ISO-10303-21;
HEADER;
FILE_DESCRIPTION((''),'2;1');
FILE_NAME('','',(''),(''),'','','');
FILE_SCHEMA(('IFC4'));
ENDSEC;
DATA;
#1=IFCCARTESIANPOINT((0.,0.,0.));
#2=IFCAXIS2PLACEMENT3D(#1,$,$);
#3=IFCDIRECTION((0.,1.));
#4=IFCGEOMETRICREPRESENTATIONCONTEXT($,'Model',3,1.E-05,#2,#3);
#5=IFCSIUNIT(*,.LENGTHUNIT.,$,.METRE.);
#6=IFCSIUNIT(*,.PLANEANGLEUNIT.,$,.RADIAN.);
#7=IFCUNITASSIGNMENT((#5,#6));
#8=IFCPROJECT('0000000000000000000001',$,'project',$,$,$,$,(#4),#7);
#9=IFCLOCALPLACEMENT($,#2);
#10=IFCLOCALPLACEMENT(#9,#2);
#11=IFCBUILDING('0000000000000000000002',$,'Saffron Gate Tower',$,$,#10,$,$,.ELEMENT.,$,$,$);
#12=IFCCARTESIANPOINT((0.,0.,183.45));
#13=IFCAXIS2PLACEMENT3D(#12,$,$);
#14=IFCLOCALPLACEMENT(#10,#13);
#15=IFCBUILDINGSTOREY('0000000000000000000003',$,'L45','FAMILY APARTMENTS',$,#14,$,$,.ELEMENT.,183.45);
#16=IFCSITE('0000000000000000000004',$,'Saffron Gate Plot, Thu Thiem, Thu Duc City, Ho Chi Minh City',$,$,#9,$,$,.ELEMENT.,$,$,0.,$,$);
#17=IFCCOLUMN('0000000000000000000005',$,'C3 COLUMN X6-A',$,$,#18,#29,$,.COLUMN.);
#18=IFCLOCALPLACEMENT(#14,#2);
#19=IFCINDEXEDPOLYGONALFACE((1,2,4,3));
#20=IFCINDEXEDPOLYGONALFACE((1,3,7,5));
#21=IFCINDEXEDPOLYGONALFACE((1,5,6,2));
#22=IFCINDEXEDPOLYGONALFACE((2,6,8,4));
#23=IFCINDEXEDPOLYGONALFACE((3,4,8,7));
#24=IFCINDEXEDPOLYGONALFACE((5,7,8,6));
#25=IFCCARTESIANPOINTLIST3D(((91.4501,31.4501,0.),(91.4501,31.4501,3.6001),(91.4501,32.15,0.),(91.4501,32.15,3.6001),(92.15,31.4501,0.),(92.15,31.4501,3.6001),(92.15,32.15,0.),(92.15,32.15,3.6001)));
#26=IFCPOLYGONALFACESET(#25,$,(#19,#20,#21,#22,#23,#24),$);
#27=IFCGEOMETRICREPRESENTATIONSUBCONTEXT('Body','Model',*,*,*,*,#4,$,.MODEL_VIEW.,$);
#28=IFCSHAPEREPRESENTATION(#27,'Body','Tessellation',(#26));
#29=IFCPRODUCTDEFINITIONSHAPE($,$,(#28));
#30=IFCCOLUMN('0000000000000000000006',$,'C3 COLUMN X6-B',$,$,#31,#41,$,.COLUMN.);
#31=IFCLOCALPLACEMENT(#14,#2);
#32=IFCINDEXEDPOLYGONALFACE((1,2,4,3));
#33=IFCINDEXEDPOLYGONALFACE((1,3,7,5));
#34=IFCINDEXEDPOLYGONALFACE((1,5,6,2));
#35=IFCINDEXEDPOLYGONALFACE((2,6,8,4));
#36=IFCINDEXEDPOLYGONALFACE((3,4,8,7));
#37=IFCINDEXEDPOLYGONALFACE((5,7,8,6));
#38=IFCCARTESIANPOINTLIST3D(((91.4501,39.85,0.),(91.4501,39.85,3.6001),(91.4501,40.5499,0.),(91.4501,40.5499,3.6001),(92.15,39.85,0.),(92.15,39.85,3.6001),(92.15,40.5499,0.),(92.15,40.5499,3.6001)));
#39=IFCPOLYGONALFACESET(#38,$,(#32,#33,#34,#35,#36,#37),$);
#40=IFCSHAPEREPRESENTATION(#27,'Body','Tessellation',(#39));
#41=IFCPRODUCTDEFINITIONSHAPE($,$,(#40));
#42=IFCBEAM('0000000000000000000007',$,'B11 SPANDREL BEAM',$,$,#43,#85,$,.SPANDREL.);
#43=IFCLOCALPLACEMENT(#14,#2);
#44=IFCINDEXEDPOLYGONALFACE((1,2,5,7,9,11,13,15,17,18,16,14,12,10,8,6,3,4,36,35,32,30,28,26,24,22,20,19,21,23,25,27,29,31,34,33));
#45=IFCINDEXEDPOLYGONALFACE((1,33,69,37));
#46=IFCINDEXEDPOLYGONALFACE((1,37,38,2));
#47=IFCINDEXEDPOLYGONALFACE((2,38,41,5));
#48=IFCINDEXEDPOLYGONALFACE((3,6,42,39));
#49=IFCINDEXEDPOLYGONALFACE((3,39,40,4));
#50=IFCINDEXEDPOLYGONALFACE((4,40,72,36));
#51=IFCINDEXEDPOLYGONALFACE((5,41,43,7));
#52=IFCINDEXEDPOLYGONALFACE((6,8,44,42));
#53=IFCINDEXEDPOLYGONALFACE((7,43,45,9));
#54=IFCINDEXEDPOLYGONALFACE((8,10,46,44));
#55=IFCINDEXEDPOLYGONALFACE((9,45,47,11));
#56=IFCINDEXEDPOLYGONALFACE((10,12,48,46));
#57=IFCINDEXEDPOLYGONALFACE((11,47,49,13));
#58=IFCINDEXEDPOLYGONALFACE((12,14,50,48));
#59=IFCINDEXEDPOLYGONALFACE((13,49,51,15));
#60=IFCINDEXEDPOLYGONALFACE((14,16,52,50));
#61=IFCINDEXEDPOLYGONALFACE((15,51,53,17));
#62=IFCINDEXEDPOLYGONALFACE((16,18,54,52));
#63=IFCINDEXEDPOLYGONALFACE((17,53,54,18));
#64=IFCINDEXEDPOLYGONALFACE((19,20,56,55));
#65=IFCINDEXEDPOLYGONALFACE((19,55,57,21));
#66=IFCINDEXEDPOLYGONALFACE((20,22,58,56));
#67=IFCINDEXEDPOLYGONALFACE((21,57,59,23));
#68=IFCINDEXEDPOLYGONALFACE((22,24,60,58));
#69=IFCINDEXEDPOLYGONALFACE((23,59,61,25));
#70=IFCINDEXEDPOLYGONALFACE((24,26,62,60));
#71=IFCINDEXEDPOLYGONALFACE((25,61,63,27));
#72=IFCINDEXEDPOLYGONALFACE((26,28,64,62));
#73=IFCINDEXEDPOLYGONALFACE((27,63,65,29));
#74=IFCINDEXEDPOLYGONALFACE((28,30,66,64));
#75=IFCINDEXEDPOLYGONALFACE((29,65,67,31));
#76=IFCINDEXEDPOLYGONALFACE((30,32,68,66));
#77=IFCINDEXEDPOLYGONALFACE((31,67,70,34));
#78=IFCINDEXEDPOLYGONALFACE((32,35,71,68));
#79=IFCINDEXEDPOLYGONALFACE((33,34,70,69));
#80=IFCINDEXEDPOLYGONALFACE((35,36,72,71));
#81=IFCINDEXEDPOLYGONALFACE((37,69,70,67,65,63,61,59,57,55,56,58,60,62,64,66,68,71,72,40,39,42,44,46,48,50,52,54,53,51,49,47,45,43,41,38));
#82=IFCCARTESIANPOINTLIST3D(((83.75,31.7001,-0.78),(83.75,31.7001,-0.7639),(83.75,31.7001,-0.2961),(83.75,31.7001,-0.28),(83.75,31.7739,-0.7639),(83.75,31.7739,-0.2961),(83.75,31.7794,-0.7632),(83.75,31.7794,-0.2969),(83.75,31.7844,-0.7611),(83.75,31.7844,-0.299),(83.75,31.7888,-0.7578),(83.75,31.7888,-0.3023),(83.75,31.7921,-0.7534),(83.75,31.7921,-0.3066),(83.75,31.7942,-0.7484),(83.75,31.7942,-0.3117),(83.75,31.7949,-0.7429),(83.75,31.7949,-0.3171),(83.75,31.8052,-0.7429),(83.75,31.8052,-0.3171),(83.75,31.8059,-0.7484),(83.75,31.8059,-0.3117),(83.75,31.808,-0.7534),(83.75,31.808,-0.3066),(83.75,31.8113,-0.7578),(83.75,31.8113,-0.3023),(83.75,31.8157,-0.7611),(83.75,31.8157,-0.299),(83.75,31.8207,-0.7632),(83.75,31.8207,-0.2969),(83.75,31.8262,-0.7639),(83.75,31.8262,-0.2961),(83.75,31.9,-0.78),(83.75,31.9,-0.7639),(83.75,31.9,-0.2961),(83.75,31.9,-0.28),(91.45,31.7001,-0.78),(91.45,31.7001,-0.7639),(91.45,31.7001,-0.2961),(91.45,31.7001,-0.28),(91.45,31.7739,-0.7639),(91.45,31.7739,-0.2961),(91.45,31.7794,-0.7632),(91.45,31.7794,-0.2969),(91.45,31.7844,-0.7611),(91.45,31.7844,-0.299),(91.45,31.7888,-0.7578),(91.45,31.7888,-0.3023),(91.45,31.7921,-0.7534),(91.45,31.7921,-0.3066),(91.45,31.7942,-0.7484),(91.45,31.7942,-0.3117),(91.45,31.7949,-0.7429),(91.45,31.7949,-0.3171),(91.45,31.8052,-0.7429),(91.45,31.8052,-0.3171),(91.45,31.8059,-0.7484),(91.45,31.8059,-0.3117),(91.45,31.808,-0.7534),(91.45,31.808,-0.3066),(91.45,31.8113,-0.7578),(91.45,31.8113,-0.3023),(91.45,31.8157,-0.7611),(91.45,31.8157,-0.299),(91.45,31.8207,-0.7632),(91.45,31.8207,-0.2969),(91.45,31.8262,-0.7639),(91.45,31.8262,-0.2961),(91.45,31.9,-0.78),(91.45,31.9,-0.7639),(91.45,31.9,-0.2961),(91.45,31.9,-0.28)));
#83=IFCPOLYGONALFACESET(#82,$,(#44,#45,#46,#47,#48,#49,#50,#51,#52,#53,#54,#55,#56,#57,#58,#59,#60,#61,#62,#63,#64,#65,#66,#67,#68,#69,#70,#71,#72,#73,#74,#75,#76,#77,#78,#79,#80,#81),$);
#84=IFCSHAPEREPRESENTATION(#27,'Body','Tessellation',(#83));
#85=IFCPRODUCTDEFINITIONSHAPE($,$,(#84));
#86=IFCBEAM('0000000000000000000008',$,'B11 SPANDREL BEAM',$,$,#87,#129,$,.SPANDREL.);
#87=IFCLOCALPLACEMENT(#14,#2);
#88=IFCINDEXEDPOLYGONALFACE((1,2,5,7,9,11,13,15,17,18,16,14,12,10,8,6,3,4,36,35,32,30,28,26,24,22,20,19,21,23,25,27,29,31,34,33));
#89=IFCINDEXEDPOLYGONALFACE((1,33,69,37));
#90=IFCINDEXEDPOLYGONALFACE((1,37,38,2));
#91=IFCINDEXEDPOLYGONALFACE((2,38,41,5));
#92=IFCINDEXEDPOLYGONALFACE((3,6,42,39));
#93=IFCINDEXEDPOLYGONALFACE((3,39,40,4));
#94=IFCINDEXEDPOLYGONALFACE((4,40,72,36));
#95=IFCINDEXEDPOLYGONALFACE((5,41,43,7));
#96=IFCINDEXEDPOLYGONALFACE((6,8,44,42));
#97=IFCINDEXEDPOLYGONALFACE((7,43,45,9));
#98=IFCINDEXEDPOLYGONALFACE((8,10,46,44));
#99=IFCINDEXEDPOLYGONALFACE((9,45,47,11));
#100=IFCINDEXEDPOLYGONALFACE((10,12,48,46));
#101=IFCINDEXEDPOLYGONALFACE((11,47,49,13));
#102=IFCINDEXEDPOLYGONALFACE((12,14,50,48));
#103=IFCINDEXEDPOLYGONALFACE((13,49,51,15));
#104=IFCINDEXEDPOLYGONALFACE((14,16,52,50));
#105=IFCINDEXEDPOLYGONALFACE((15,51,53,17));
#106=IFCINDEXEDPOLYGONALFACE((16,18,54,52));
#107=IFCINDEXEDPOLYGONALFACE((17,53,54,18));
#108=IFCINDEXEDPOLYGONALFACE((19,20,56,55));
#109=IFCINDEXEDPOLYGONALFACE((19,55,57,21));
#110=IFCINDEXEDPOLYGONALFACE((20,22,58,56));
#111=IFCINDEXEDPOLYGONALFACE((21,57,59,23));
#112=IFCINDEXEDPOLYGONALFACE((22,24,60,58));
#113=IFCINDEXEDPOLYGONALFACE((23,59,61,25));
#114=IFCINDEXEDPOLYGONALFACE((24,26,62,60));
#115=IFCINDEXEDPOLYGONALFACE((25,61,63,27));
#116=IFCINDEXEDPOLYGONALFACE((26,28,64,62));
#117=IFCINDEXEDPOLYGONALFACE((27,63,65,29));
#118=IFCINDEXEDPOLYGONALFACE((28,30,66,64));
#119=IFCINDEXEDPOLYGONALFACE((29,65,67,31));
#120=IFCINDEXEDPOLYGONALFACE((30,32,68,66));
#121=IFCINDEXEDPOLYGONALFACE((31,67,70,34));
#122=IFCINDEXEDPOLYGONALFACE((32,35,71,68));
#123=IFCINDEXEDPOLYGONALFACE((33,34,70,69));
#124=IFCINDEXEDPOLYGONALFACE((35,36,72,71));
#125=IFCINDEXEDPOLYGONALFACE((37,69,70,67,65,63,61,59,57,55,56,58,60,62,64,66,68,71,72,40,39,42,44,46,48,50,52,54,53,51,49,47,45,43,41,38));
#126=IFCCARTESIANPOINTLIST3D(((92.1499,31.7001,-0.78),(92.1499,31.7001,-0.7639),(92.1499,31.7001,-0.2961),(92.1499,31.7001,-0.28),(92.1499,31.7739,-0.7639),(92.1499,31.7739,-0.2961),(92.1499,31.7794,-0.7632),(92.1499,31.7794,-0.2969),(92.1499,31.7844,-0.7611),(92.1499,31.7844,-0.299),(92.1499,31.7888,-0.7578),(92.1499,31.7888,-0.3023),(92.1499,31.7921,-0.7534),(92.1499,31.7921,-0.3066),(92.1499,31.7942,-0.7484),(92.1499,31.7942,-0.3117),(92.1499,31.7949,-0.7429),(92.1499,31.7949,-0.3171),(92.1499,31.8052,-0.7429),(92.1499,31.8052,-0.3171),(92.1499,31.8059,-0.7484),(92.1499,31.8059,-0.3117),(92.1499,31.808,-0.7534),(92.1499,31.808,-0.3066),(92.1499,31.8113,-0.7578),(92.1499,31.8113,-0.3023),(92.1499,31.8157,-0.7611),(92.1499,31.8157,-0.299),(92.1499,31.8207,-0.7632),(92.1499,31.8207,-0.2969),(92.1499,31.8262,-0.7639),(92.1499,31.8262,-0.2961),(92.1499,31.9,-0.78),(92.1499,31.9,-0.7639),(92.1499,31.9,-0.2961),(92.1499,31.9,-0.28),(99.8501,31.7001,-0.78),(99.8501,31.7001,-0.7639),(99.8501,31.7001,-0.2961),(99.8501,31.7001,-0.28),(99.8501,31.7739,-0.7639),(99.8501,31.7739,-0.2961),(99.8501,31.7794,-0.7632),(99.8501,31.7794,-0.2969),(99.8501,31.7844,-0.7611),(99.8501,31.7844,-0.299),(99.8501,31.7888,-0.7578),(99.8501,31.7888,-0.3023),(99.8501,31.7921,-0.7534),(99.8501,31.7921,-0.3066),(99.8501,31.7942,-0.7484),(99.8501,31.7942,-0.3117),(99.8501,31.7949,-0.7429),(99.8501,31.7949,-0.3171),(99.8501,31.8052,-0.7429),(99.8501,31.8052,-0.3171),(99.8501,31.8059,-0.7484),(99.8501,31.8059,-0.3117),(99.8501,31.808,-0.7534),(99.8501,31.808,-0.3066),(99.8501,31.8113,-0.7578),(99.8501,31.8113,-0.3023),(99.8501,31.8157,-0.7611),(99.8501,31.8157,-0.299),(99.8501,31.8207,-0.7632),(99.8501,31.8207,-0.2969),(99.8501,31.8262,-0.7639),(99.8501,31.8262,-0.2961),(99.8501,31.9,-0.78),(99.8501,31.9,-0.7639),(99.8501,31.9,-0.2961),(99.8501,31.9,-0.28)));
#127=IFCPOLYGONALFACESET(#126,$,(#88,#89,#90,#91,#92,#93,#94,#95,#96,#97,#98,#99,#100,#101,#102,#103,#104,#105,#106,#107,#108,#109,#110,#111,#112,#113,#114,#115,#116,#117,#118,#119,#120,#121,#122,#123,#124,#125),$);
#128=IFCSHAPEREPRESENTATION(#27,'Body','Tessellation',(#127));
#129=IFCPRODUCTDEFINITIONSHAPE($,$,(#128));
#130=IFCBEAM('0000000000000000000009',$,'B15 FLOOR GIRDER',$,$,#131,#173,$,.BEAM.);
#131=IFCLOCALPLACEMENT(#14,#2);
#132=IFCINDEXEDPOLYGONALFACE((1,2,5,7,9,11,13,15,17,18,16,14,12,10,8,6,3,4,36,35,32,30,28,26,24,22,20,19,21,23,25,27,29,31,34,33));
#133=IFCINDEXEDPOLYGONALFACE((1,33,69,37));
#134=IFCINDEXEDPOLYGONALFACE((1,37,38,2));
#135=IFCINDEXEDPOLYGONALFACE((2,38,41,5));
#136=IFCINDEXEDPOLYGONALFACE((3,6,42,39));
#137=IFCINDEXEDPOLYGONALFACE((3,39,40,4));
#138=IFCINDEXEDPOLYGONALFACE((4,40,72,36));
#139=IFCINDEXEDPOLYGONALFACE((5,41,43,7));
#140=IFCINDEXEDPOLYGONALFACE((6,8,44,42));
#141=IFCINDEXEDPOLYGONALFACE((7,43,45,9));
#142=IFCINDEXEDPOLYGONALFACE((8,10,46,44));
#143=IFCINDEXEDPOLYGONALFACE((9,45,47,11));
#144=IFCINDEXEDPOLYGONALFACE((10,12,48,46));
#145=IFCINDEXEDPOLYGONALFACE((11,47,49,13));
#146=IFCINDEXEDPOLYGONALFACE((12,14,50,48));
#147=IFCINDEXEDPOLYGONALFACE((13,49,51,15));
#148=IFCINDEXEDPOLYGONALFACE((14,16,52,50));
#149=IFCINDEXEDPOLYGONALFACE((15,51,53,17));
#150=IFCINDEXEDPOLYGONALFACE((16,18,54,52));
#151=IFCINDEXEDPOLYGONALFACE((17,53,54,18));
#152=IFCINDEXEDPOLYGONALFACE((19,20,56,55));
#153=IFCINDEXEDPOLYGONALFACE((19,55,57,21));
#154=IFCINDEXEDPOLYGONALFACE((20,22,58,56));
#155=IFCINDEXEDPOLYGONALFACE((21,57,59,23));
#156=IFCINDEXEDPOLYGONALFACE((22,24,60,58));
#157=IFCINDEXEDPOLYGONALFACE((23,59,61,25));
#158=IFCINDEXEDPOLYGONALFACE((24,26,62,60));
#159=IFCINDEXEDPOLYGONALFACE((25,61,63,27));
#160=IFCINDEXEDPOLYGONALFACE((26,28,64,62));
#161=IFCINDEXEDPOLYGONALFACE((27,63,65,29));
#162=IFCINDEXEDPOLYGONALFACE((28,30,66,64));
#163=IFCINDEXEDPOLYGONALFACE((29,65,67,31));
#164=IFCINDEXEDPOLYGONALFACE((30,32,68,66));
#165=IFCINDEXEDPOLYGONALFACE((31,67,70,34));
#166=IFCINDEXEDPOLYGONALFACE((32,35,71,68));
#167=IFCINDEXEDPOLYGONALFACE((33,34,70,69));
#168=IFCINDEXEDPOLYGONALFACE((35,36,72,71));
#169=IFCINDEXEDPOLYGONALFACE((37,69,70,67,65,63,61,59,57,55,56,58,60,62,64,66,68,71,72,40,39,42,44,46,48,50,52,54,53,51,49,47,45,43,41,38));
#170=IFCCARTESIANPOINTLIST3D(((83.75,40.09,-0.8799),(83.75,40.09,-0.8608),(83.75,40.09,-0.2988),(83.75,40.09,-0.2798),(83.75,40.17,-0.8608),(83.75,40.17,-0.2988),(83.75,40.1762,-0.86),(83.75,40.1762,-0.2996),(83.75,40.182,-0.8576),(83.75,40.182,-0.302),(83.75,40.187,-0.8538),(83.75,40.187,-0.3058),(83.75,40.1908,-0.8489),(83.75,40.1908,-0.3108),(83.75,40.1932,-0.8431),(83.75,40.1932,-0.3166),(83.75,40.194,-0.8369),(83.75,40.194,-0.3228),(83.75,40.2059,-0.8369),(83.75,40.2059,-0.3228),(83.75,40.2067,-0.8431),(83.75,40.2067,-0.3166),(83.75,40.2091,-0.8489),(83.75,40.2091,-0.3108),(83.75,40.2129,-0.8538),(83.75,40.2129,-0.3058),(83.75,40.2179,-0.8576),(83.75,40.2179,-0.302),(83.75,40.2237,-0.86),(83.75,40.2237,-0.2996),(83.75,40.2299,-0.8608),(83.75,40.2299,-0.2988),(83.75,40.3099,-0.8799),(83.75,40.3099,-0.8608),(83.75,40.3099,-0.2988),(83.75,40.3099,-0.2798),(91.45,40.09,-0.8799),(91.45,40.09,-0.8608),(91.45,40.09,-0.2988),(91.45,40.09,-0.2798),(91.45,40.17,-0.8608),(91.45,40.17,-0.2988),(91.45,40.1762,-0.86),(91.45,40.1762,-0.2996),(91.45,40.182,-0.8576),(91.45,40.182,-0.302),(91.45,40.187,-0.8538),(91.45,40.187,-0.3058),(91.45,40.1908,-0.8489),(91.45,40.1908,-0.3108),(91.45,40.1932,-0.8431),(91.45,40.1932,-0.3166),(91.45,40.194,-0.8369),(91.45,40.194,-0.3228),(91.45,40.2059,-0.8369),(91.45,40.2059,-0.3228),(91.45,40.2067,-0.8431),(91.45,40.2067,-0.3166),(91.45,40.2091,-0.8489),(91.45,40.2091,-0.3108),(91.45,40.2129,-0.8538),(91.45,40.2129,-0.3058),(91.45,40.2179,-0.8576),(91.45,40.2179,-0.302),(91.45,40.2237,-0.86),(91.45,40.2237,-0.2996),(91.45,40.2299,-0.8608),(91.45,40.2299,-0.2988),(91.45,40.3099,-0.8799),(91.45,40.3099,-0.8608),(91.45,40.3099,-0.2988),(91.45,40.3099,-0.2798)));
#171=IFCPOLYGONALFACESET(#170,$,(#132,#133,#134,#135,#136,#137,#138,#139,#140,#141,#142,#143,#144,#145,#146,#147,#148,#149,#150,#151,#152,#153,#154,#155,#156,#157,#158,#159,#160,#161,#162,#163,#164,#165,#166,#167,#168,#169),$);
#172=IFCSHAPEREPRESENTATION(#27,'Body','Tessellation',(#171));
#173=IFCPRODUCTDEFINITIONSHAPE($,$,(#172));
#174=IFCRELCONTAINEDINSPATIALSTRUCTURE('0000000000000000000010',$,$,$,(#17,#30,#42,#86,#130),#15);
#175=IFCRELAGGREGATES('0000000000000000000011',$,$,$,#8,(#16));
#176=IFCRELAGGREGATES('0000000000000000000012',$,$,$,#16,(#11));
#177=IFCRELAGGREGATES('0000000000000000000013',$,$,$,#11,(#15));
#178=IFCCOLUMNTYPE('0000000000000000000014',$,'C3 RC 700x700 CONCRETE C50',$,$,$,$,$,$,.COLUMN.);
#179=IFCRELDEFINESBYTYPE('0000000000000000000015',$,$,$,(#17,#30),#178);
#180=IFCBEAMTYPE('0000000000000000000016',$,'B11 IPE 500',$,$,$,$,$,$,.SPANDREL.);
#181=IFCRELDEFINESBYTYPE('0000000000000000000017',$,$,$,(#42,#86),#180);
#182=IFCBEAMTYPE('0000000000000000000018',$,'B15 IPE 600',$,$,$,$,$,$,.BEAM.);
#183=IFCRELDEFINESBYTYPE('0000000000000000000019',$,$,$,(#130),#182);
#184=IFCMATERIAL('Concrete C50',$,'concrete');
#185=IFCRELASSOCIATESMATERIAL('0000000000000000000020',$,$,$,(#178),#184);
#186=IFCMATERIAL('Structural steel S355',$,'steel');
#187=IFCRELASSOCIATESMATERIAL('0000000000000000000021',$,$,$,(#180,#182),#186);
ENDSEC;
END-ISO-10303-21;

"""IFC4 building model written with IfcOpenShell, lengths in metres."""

from ifc_helpers import new_model, si_unit, direction, frame, origin, origin_2d, place, context, subcontext, project, spatial, rectangle, i_section, extrude, material, material_profile, profile_set, type_object, element, save


model = new_model("IFC4")

# Units and contexts
model_context = context("Model", 3, precision=1e-05, world=origin(), true_north=direction((0.0, 1.0)))
body_context = subcontext(model_context, "Body", "Model", "MODEL_VIEW")
ifc_project = project(units=[si_unit("LENGTHUNIT", "METRE"), si_unit("PLANEANGLEUNIT", "RADIAN")], contexts=[model_context])

# Site, building, storey
site_placement = place(None, origin())
site = spatial("IfcSite", under=ifc_project, at=site_placement, Name="Saffron Gate Plot, Thu Thiem, Thu Duc City, Ho Chi Minh City", CompositionType="ELEMENT", RefElevation=0.0)
building_placement = place(site_placement, origin())
building = spatial("IfcBuilding", under=site, at=building_placement, Name="Saffron Gate Tower", CompositionType="ELEMENT")
storey_placement = place(building_placement, frame((0.0, 0.0, 183.45)))
storey = spatial("IfcBuildingStorey", under=building, at=storey_placement, Name="L45", Description="FAMILY APARTMENTS", CompositionType="ELEMENT", Elevation=183.45)

# Columns
ifc_material_1 = material(Name="Concrete C50", Category="concrete")
ifc_material_profile_1 = material_profile(ifc_material_1, rectangle(XDim=0.7, YDim=0.7, at=origin_2d()))
ifc_profile_set_1 = profile_set([ifc_material_profile_1], Name="Concrete C50")
column_type = type_object("IfcColumnType", Name="C3 RC 700x700 CONCRETE C50", PredefinedType="COLUMN", material=ifc_profile_set_1)
for number, where, z_axis, x_axis, name in (
    (1, (91.8, 31.8, 0.0), (0.0, 0.0, 1.0), (1.0, 0.0, 0.0), "C3 COLUMN X6-A"),
    (2, (91.8, 40.2, 0.0), (0.0, 0.0, 1.0), (1.0, 0.0, 0.0), "C3 COLUMN X6-B"),
):
    element("IfcColumn", number, at=place(storey_placement, frame(where, z_axis=z_axis, x_axis=x_axis)), inside=storey, type_object=column_type, Name=name, PredefinedType="COLUMN", context=body_context, shape_type="SweptSolid", body=[
        extrude(rectangle(XDim=0.7, YDim=0.7, at=origin_2d()), origin(), (0.0, 0.0, 1.0), 3.6001),
    ])

# Beams
ifc_material_2 = material(Name="Structural steel S355", Category="steel")
ifc_material_profile_2 = material_profile(ifc_material_2, i_section(OverallWidth=0.2, OverallDepth=0.5, WebThickness=0.0103, FlangeThickness=0.0161, FilletRadius=0.021, at=origin_2d()))
ifc_profile_set_2 = profile_set([ifc_material_profile_2], Name="Structural steel S355")
beam_type_1 = type_object("IfcBeamType", Name="B11 IPE 500", PredefinedType="SPANDREL", material=ifc_profile_set_2)
beam_1_placement = place(storey_placement, frame((83.75, 31.8, -0.53), z_axis=(1.0, 0.0, 0.0), x_axis=(0.0, 1.0, 0.0)))
element("IfcBeam", 3, at=beam_1_placement, inside=storey, type_object=beam_type_1, Name="B11 SPANDREL BEAM", PredefinedType="SPANDREL", context=body_context, shape_type="SweptSolid", body=[
    extrude(i_section(OverallWidth=0.2, OverallDepth=0.5, WebThickness=0.0103, FlangeThickness=0.0161, FilletRadius=0.021, at=origin_2d()), origin(), (0.0, 0.0, 1.0), 7.7),
])
beam_2_placement = place(storey_placement, frame((92.1499, 31.8, -0.53), z_axis=(1.0, 0.0, 0.0), x_axis=(0.0, 1.0, 0.0)))
element("IfcBeam", 4, at=beam_2_placement, inside=storey, type_object=beam_type_1, Name="B11 SPANDREL BEAM", PredefinedType="SPANDREL", context=body_context, shape_type="SweptSolid", body=[
    extrude(i_section(OverallWidth=0.2, OverallDepth=0.5, WebThickness=0.0103, FlangeThickness=0.0161, FilletRadius=0.021, at=origin_2d()), origin(), (0.0, 0.0, 1.0), 7.7002),
])
ifc_material_profile_3 = material_profile(ifc_material_2, i_section(OverallWidth=0.22, OverallDepth=0.6001, WebThickness=0.012, FlangeThickness=0.019, FilletRadius=0.0239, at=origin_2d()))
ifc_profile_set_3 = profile_set([ifc_material_profile_3], Name="Structural steel S355")
beam_type_2 = type_object("IfcBeamType", Name="B15 IPE 600", PredefinedType="BEAM", material=ifc_profile_set_3)
beam_3_placement = place(storey_placement, frame((83.75, 40.2, -0.5798), z_axis=(1.0, 0.0, 0.0), x_axis=(0.0, 1.0, 0.0)))
element("IfcBeam", 5, at=beam_3_placement, inside=storey, type_object=beam_type_2, Name="B15 FLOOR GIRDER", PredefinedType="BEAM", context=body_context, shape_type="SweptSolid", body=[
    extrude(i_section(OverallWidth=0.22, OverallDepth=0.6001, WebThickness=0.012, FlangeThickness=0.019, FilletRadius=0.0239, at=origin_2d()), origin(), (0.0, 0.0, 1.0), 7.7),
])

save(model, "model.ifc")
